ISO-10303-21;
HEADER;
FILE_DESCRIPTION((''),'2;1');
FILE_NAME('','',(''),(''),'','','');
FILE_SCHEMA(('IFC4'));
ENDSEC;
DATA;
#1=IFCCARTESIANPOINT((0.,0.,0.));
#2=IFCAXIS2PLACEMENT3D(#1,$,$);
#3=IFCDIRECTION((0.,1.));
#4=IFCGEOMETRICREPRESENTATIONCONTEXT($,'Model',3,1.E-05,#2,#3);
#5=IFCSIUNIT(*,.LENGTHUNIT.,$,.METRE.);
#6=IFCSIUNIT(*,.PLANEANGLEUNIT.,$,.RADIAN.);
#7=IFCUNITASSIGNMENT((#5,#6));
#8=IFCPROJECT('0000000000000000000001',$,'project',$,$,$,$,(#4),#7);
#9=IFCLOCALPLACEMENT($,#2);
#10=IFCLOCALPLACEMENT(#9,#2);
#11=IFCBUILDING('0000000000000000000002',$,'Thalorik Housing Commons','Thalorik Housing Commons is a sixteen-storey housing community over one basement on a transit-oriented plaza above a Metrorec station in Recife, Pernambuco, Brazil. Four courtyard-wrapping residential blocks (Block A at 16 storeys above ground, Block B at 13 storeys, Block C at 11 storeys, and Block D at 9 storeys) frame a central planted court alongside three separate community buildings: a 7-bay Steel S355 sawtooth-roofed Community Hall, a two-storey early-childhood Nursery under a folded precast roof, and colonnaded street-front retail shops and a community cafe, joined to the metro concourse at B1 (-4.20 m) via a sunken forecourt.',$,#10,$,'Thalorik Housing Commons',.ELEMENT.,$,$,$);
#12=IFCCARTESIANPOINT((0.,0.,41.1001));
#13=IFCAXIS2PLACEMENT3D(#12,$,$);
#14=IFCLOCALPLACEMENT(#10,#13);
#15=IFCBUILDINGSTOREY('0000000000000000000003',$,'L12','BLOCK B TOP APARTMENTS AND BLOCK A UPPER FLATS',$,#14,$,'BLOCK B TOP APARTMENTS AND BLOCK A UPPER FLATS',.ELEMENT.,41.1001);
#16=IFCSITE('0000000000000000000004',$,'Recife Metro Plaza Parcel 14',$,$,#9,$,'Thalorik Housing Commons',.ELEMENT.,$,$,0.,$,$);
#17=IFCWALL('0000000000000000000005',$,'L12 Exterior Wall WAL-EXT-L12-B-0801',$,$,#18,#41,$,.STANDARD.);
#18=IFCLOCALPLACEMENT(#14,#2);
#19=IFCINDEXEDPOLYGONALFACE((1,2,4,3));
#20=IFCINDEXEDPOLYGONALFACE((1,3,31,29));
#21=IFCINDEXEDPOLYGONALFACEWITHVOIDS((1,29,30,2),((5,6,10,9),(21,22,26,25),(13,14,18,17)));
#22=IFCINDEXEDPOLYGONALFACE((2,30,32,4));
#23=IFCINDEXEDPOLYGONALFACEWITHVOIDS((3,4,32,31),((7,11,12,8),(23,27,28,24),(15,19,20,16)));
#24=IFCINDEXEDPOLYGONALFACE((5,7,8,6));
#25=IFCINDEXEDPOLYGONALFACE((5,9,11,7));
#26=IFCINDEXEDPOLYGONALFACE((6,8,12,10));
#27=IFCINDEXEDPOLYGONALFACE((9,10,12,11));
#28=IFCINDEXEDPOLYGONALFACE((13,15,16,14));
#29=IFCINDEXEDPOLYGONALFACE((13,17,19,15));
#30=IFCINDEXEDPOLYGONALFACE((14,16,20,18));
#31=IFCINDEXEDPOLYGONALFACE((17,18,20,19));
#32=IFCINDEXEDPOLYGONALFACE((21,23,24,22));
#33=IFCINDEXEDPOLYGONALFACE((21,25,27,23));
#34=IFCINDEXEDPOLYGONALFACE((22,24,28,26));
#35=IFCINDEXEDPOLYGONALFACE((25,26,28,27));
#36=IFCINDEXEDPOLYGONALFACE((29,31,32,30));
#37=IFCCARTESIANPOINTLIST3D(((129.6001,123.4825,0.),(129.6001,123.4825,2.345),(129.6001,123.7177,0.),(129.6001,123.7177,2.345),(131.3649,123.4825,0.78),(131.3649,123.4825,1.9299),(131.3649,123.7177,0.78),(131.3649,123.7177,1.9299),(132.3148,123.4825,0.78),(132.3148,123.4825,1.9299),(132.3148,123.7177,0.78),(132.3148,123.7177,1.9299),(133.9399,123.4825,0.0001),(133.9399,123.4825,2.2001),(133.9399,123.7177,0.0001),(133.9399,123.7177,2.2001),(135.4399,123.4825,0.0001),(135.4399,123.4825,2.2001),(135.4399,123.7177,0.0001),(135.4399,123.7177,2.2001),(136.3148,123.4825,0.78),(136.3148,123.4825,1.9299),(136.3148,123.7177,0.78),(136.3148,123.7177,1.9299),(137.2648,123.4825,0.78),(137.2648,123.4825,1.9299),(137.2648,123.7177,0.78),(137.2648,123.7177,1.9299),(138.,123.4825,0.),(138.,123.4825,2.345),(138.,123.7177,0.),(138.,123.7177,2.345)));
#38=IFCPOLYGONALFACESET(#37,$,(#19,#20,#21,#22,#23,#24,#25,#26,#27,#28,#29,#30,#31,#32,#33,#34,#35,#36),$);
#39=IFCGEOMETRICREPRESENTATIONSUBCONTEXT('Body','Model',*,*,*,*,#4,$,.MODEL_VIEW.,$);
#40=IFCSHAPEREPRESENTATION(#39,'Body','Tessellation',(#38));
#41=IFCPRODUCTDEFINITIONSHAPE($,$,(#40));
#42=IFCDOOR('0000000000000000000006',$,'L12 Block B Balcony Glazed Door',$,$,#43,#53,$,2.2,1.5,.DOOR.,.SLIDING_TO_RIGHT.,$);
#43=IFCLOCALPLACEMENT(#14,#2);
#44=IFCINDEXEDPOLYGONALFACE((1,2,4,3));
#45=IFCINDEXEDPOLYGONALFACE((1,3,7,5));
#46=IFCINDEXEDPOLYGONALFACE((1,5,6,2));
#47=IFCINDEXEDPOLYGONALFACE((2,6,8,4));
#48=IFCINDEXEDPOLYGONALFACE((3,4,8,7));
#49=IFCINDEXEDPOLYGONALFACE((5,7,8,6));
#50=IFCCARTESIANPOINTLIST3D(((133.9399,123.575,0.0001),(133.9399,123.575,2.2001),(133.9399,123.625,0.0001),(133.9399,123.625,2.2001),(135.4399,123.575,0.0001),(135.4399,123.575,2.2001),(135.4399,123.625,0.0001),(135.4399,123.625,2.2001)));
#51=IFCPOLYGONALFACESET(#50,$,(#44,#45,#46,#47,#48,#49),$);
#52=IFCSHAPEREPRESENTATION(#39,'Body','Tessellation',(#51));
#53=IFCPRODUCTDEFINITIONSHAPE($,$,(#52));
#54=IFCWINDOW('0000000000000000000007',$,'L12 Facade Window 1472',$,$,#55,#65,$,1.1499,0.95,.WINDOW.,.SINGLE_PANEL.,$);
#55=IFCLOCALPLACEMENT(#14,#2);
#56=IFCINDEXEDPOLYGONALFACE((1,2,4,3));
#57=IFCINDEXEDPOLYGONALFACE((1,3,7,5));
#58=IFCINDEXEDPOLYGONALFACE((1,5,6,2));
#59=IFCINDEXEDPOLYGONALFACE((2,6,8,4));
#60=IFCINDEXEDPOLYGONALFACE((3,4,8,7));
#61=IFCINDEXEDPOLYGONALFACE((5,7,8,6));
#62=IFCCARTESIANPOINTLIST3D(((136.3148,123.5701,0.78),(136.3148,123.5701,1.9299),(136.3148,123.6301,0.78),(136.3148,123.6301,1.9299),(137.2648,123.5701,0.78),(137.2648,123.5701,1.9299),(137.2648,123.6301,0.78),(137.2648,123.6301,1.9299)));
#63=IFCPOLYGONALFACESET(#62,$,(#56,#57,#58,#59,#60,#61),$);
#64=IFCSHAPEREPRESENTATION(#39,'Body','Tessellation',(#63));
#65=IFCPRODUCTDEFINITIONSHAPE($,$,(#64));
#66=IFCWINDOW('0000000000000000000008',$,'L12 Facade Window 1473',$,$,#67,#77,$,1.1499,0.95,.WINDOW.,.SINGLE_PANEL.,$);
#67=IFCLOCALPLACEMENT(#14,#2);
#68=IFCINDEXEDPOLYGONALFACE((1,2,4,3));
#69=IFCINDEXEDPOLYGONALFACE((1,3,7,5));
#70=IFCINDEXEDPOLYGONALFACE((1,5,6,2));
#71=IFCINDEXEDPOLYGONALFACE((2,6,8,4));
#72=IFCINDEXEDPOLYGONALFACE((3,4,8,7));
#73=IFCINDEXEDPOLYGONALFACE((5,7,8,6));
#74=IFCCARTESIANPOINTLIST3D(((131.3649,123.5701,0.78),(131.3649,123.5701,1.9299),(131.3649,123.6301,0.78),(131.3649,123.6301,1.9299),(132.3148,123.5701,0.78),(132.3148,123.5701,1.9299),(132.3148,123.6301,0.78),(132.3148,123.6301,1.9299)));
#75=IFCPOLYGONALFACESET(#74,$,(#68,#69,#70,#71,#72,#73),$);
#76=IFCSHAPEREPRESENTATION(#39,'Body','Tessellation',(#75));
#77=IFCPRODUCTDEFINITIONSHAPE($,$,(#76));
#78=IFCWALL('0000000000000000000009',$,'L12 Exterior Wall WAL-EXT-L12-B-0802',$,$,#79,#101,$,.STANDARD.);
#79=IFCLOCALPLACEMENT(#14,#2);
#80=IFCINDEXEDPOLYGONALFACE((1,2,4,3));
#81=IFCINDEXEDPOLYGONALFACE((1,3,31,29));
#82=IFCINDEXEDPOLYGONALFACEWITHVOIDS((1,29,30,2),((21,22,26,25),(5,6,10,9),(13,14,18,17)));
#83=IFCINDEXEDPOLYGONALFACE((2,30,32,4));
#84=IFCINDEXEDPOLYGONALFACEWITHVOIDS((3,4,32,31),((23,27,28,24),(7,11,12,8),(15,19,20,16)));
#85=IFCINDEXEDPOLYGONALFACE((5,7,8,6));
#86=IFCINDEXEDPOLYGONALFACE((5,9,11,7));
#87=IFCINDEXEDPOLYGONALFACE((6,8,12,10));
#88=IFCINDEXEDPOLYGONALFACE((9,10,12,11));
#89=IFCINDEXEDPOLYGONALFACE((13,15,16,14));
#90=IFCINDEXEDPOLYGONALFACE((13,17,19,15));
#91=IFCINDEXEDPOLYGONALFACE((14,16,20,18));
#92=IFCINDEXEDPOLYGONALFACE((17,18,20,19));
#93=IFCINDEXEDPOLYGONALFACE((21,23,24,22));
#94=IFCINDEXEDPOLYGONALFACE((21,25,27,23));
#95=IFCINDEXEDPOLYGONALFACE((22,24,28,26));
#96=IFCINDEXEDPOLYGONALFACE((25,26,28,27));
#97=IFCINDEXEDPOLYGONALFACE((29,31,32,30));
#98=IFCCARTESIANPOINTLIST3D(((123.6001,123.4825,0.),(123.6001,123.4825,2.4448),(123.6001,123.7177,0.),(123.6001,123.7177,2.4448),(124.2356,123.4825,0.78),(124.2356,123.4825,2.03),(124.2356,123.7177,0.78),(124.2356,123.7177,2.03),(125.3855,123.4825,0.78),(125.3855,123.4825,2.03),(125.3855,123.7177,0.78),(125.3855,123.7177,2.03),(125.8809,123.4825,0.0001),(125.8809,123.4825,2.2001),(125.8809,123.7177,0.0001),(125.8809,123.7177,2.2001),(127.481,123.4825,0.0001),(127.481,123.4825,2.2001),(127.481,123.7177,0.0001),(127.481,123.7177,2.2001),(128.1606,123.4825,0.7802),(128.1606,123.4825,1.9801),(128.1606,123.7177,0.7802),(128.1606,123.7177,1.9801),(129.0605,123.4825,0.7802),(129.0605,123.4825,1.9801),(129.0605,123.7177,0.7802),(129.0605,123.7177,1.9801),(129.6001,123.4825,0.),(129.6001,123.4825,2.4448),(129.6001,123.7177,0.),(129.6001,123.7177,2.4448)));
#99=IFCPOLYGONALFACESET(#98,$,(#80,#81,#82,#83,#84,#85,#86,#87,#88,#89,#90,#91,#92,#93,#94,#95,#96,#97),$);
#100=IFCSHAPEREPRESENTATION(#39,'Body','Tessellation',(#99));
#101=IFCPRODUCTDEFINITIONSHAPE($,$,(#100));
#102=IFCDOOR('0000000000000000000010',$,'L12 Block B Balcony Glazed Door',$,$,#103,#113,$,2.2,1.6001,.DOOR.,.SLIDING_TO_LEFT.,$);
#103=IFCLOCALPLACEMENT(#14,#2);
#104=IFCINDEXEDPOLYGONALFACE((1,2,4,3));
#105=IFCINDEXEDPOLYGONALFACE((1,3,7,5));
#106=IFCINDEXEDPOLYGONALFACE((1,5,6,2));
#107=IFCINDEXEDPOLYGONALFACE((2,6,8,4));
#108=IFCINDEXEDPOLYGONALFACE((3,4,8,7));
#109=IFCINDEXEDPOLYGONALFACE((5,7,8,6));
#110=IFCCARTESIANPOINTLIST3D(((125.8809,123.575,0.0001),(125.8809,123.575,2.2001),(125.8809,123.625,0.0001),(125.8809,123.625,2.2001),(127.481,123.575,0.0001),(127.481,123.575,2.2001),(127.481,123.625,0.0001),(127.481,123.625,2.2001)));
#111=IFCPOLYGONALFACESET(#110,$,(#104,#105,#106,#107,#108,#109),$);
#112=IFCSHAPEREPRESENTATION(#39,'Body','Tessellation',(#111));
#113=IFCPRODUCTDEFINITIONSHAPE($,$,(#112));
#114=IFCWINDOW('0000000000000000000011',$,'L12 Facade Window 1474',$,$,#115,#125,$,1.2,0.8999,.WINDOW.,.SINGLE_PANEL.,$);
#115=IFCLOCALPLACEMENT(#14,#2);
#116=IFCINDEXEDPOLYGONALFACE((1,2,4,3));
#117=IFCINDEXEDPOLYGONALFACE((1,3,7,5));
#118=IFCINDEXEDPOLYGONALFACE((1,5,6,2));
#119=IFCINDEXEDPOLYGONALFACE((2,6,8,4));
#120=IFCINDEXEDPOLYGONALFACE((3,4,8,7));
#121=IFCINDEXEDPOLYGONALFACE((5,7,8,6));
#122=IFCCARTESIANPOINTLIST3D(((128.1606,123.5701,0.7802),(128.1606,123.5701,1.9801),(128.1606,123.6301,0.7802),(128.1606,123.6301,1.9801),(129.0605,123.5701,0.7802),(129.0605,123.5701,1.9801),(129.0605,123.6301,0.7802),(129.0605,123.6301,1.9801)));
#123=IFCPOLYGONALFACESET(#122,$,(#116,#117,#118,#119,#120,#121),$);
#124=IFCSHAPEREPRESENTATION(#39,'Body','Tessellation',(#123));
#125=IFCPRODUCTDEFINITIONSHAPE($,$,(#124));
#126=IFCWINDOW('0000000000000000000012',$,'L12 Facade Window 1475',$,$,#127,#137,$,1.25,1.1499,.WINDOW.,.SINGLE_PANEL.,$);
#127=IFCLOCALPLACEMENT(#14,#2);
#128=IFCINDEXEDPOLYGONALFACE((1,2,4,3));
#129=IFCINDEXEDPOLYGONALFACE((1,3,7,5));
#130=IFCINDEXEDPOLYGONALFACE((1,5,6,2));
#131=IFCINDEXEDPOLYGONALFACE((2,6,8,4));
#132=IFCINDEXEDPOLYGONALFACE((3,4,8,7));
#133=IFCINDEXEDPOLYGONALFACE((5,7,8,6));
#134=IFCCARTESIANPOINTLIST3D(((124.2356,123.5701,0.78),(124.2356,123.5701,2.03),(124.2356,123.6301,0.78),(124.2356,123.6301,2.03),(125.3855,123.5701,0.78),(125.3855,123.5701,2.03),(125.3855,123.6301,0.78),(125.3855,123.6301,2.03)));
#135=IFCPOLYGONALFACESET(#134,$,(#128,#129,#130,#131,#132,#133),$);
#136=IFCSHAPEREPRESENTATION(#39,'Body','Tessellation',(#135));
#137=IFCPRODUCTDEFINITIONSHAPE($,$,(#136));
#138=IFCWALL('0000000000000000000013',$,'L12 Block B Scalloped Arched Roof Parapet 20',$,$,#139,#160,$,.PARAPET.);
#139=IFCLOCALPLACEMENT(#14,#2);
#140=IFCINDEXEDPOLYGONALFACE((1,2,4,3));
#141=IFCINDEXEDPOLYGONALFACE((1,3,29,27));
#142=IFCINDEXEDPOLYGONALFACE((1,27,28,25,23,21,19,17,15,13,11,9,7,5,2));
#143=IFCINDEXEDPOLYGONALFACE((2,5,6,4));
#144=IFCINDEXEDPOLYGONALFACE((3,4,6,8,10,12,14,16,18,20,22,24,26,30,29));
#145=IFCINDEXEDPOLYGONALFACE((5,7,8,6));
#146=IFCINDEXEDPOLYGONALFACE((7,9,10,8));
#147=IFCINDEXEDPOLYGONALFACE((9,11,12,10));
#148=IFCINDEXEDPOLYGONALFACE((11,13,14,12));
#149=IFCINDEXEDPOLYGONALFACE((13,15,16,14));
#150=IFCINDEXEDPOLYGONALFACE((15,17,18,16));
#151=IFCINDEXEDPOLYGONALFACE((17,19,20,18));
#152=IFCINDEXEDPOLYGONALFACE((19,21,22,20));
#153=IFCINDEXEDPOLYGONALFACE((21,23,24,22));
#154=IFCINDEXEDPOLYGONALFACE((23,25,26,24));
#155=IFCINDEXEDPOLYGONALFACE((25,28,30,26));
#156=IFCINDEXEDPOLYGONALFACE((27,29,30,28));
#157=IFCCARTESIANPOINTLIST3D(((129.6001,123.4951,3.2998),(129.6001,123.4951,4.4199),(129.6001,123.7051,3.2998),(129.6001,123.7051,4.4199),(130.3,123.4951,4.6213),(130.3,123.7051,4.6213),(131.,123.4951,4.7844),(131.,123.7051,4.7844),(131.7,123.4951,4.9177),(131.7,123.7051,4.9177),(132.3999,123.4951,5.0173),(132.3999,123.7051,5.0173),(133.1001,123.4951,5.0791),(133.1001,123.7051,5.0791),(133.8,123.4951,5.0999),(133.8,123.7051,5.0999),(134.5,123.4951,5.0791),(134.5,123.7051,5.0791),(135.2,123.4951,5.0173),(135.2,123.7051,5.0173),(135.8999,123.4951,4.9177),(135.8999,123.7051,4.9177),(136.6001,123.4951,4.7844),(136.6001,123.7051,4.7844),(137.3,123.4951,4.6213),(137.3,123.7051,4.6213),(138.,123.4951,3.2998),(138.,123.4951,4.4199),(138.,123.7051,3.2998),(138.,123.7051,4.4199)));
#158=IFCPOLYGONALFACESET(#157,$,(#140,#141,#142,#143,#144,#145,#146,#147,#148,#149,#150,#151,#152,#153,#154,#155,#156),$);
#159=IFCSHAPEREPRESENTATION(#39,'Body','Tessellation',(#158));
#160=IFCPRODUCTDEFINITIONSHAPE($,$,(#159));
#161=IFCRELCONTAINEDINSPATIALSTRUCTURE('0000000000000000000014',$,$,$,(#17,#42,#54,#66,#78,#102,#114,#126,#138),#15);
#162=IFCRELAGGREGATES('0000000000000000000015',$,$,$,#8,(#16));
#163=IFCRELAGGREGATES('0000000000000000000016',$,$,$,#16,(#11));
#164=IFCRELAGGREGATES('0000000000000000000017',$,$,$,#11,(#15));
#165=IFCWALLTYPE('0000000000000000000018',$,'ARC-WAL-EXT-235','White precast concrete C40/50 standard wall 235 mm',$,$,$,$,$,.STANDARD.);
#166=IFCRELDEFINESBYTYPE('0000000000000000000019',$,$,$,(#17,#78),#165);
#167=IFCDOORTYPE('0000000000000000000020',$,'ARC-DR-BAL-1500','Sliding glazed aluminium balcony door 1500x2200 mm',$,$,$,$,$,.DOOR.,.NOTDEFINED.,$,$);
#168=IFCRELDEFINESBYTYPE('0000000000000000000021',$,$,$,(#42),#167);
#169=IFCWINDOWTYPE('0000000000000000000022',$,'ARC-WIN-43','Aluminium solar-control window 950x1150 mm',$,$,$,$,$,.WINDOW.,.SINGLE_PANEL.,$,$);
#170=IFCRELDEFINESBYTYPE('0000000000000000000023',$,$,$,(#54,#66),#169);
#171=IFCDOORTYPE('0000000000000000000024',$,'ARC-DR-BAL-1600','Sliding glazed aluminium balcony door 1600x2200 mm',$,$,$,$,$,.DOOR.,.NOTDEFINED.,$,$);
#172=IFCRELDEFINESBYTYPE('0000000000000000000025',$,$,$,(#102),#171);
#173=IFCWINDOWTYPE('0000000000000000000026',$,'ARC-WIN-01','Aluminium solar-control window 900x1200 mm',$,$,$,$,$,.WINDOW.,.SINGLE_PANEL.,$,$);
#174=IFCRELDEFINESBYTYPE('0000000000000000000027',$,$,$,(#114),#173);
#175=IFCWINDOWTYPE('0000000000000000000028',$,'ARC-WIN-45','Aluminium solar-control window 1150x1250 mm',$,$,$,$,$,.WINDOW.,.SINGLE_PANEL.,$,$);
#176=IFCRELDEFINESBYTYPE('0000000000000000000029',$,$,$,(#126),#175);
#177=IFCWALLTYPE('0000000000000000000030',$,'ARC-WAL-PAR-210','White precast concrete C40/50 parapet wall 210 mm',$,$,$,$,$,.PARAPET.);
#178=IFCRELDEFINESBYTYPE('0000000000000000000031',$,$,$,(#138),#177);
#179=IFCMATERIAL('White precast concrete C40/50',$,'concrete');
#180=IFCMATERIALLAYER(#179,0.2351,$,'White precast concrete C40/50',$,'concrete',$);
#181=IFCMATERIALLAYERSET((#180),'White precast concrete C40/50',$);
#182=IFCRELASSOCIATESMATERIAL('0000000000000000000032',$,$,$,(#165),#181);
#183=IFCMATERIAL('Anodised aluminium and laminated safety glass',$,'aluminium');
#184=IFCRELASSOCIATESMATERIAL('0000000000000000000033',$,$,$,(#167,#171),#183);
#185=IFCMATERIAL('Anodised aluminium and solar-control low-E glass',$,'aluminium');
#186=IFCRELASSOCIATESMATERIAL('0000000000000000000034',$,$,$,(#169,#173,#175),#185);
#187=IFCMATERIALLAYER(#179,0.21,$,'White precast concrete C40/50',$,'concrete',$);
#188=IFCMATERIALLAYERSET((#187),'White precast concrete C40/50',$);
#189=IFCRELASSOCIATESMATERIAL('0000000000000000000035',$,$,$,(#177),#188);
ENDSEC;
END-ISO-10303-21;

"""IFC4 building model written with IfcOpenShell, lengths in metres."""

from ifc_helpers import new_model, si_unit, direction, frame, frame_2d, origin, place, context, subcontext, project, spatial, polyline, rectangle, outline, extrude, material, layer, layer_set, type_object, element, fill, save


model = new_model("IFC4")

# Units and contexts
model_context = context("Model", 3, precision=1e-05, world=origin(), true_north=direction((0.0, 1.0)))
body_context = subcontext(model_context, "Body", "Model", "MODEL_VIEW")
ifc_project = project(units=[si_unit("LENGTHUNIT", "METRE"), si_unit("PLANEANGLEUNIT", "RADIAN")], contexts=[model_context])

# Site, building, storey
site_placement = place(None, origin())
site = spatial("IfcSite", under=ifc_project, at=site_placement, Name="Recife Metro Plaza Parcel 14", LongName="Thalorik Housing Commons", CompositionType="ELEMENT", RefElevation=0.0)
building_placement = place(site_placement, origin())
building = spatial("IfcBuilding", under=site, at=building_placement, Name="Thalorik Housing Commons", Description="Thalorik Housing Commons is a sixteen-storey housing community over one basement on a transit-oriented plaza above a Metrorec station in Recife, Pernambuco, Brazil. Four courtyard-wrapping residential blocks (Block A at 16 storeys above ground, Block B at 13 storeys, Block C at 11 storeys, and Block D at 9 storeys) frame a central planted court alongside three separate community buildings: a 7-bay Steel S355 sawtooth-roofed Community Hall, a two-storey early-childhood Nursery under a folded precast roof, and colonnaded street-front retail shops and a community cafe, joined to the metro concourse at B1 (-4.20 m) via a sunken forecourt.", LongName="Thalorik Housing Commons", CompositionType="ELEMENT")
storey_placement = place(building_placement, frame((0.0, 0.0, 41.1001)))
storey = spatial("IfcBuildingStorey", under=building, at=storey_placement, Name="L12", Description="BLOCK B TOP APARTMENTS AND BLOCK A UPPER FLATS", LongName="BLOCK B TOP APARTMENTS AND BLOCK A UPPER FLATS", CompositionType="ELEMENT", Elevation=41.1001)

# Walls, openings, doors, windows
ifc_material_1 = material(Name="White precast concrete C40/50", Category="concrete")
ifc_layer_1 = layer(ifc_material_1, 0.2351, Name="White precast concrete C40/50", Category="concrete")
ifc_layer_set_1 = layer_set([ifc_layer_1], Name="White precast concrete C40/50")
wall_type_1 = type_object("IfcWallType", Name="ARC-WAL-EXT-235", Description="White precast concrete C40/50 standard wall 235 mm", PredefinedType="STANDARD", material=ifc_layer_set_1)
wall_1_placement = place(storey_placement, frame((138.0, 123.6001, 0.0), z_axis=(0.0, 0.0, 1.0), x_axis=(-1.0, 0.0, 0.0)))
wall_1 = element("IfcWall", 1, at=wall_1_placement, inside=storey, type_object=wall_type_1, Name="L12 Exterior Wall WAL-EXT-L12-B-0801", PredefinedType="STANDARD", context=body_context, shape_type="SweptSolid", body=[
    extrude(rectangle(XDim=8.3999, YDim=0.2351, at=frame_2d((4.2, 0.0))), origin(), (0.0, 0.0, 1.0), 2.345),
])
opening_1_placement = place(wall_1_placement, frame((2.5601, 0.0, 0.0)))
opening_1 = element("IfcOpeningElement", 2, at=opening_1_placement, cuts=wall_1, PredefinedType="OPENING", context=body_context, shape_type="SweptSolid", body=[
    extrude(rectangle(XDim=1.5, YDim=2.2, at=frame_2d((0.75, 1.1001))), frame((0.0, 0.1274, 0.0), z_axis=(0.0, -1.0, 0.0), x_axis=(1.0, 0.0, 0.0)), (0.0, 0.0, 1.0), 0.2551),
])
opening_2_placement = place(wall_1_placement, frame((0.7351, 0.0, 0.78)))
opening_2 = element("IfcOpeningElement", 3, at=opening_2_placement, cuts=wall_1, PredefinedType="OPENING", context=body_context, shape_type="SweptSolid", body=[
    extrude(rectangle(XDim=0.95, YDim=1.1499, at=frame_2d((0.4751, 0.575))), frame((0.0, 0.1274, 0.0), z_axis=(0.0, -1.0, 0.0), x_axis=(1.0, 0.0, 0.0)), (0.0, 0.0, 1.0), 0.2551),
])
opening_3_placement = place(wall_1_placement, frame((5.6851, 0.0, 0.78)))
opening_3 = element("IfcOpeningElement", 4, at=opening_3_placement, cuts=wall_1, PredefinedType="OPENING", context=body_context, shape_type="SweptSolid", body=[
    extrude(rectangle(XDim=0.95, YDim=1.1499, at=frame_2d((0.4751, 0.575))), frame((0.0, 0.1274, 0.0), z_axis=(0.0, -1.0, 0.0), x_axis=(1.0, 0.0, 0.0)), (0.0, 0.0, 1.0), 0.2551),
])
ifc_material_2 = material(Name="Anodised aluminium and laminated safety glass", Category="aluminium")
door_type_1 = type_object("IfcDoorType", Name="ARC-DR-BAL-1500", Description="Sliding glazed aluminium balcony door 1500x2200 mm", OperationType="NOTDEFINED", PredefinedType="DOOR", material=ifc_material_2)
door_1_placement = place(opening_1_placement, frame((1.5, 0.0, 0.0), z_axis=(0.0, 0.0, 1.0), x_axis=(-1.0, 0.0, 0.0)))
door_1 = element("IfcDoor", 5, at=door_1_placement, inside=storey, type_object=door_type_1, Name="L12 Block B Balcony Glazed Door", OperationType="SLIDING_TO_RIGHT", OverallHeight=2.2, OverallWidth=1.5, PredefinedType="DOOR", context=body_context, shape_type="SweptSolid", body=[
    extrude(rectangle(XDim=1.5, YDim=2.2, at=frame_2d((0.75, 1.1001))), frame((0.0, 0.0249, 0.0), z_axis=(0.0, -1.0, 0.0), x_axis=(1.0, 0.0, 0.0)), (0.0, 0.0, 1.0), 0.05),
])
fill(opening_1, door_1)
ifc_material_3 = material(Name="Anodised aluminium and solar-control low-E glass", Category="aluminium")
window_type_1 = type_object("IfcWindowType", Name="ARC-WIN-43", Description="Aluminium solar-control window 950x1150 mm", PartitioningType="SINGLE_PANEL", PredefinedType="WINDOW", material=ifc_material_3)
window_1_placement = place(opening_2_placement, origin())
window_1 = element("IfcWindow", 6, at=window_1_placement, inside=storey, type_object=window_type_1, Name="L12 Facade Window 1472", OverallHeight=1.1499, OverallWidth=0.95, PartitioningType="SINGLE_PANEL", PredefinedType="WINDOW", context=body_context, shape_type="SweptSolid", body=[
    extrude(rectangle(XDim=0.95, YDim=1.1499, at=frame_2d((0.4751, 0.575))), frame((0.0, 0.03, 0.0), z_axis=(0.0, -1.0, 0.0), x_axis=(1.0, 0.0, 0.0)), (0.0, 0.0, 1.0), 0.0601),
])
fill(opening_2, window_1)
window_2_placement = place(opening_3_placement, origin())
window_2 = element("IfcWindow", 7, at=window_2_placement, inside=storey, type_object=window_type_1, Name="L12 Facade Window 1473", OverallHeight=1.1499, OverallWidth=0.95, PartitioningType="SINGLE_PANEL", PredefinedType="WINDOW", context=body_context, shape_type="SweptSolid", body=[
    extrude(rectangle(XDim=0.95, YDim=1.1499, at=frame_2d((0.4751, 0.575))), frame((0.0, 0.03, 0.0), z_axis=(0.0, -1.0, 0.0), x_axis=(1.0, 0.0, 0.0)), (0.0, 0.0, 1.0), 0.0601),
])
fill(opening_3, window_2)
wall_2_placement = place(storey_placement, frame((129.6001, 123.6001, 0.0), z_axis=(0.0, 0.0, 1.0), x_axis=(-1.0, 0.0, 0.0)))
wall_2 = element("IfcWall", 8, at=wall_2_placement, inside=storey, type_object=wall_type_1, Name="L12 Exterior Wall WAL-EXT-L12-B-0802", PredefinedType="STANDARD", context=body_context, shape_type="SweptSolid", body=[
    extrude(rectangle(XDim=6.0, YDim=0.2351, at=frame_2d((3.0, 0.0))), origin(), (0.0, 0.0, 1.0), 2.4448),
])
opening_4_placement = place(wall_2_placement, frame((2.1191, 0.0, 0.0)))
opening_4 = element("IfcOpeningElement", 9, at=opening_4_placement, cuts=wall_2, PredefinedType="OPENING", context=body_context, shape_type="SweptSolid", body=[
    extrude(rectangle(XDim=1.6001, YDim=2.2, at=frame_2d((0.8, 1.1001))), frame((0.0, 0.1274, 0.0), z_axis=(0.0, -1.0, 0.0), x_axis=(1.0, 0.0, 0.0)), (0.0, 0.0, 1.0), 0.2551),
])
opening_5_placement = place(wall_2_placement, frame((0.5396, 0.0, 0.78)))
opening_5 = element("IfcOpeningElement", 10, at=opening_5_placement, cuts=wall_2, PredefinedType="OPENING", context=body_context, shape_type="SweptSolid", body=[
    extrude(rectangle(XDim=0.8999, YDim=1.2, at=frame_2d((0.45, 0.6001))), frame((0.0, 0.1274, 0.0), z_axis=(0.0, -1.0, 0.0), x_axis=(1.0, 0.0, 0.0)), (0.0, 0.0, 1.0), 0.2551),
])
opening_6_placement = place(wall_2_placement, frame((4.2146, 0.0, 0.78)))
opening_6 = element("IfcOpeningElement", 11, at=opening_6_placement, cuts=wall_2, PredefinedType="OPENING", context=body_context, shape_type="SweptSolid", body=[
    extrude(rectangle(XDim=1.1499, YDim=1.25, at=frame_2d((0.575, 0.625))), frame((0.0, 0.1274, 0.0), z_axis=(0.0, -1.0, 0.0), x_axis=(1.0, 0.0, 0.0)), (0.0, 0.0, 1.0), 0.2551),
])
door_type_2 = type_object("IfcDoorType", Name="ARC-DR-BAL-1600", Description="Sliding glazed aluminium balcony door 1600x2200 mm", OperationType="NOTDEFINED", PredefinedType="DOOR", material=ifc_material_2)
door_2_placement = place(opening_4_placement, frame((1.6001, 0.0, 0.0), z_axis=(0.0, 0.0, 1.0), x_axis=(-1.0, 0.0, 0.0)))
door_2 = element("IfcDoor", 12, at=door_2_placement, inside=storey, type_object=door_type_2, Name="L12 Block B Balcony Glazed Door", OperationType="SLIDING_TO_LEFT", OverallHeight=2.2, OverallWidth=1.6001, PredefinedType="DOOR", context=body_context, shape_type="SweptSolid", body=[
    extrude(rectangle(XDim=1.6001, YDim=2.2, at=frame_2d((0.8, 1.1001))), frame((0.0, 0.0249, 0.0), z_axis=(0.0, -1.0, 0.0), x_axis=(1.0, 0.0, 0.0)), (0.0, 0.0, 1.0), 0.05),
])
fill(opening_4, door_2)
window_type_2 = type_object("IfcWindowType", Name="ARC-WIN-01", Description="Aluminium solar-control window 900x1200 mm", PartitioningType="SINGLE_PANEL", PredefinedType="WINDOW", material=ifc_material_3)
window_3_placement = place(opening_5_placement, origin())
window_3 = element("IfcWindow", 13, at=window_3_placement, inside=storey, type_object=window_type_2, Name="L12 Facade Window 1474", OverallHeight=1.2, OverallWidth=0.8999, PartitioningType="SINGLE_PANEL", PredefinedType="WINDOW", context=body_context, shape_type="SweptSolid", body=[
    extrude(rectangle(XDim=0.8999, YDim=1.2, at=frame_2d((0.45, 0.6001))), frame((0.0, 0.03, 0.0), z_axis=(0.0, -1.0, 0.0), x_axis=(1.0, 0.0, 0.0)), (0.0, 0.0, 1.0), 0.0601),
])
fill(opening_5, window_3)
window_type_3 = type_object("IfcWindowType", Name="ARC-WIN-45", Description="Aluminium solar-control window 1150x1250 mm", PartitioningType="SINGLE_PANEL", PredefinedType="WINDOW", material=ifc_material_3)
window_4_placement = place(opening_6_placement, origin())
window_4 = element("IfcWindow", 14, at=window_4_placement, inside=storey, type_object=window_type_3, Name="L12 Facade Window 1475", OverallHeight=1.25, OverallWidth=1.1499, PartitioningType="SINGLE_PANEL", PredefinedType="WINDOW", context=body_context, shape_type="SweptSolid", body=[
    extrude(rectangle(XDim=1.1499, YDim=1.25, at=frame_2d((0.575, 0.625))), frame((0.0, 0.03, 0.0), z_axis=(0.0, -1.0, 0.0), x_axis=(1.0, 0.0, 0.0)), (0.0, 0.0, 1.0), 0.0601),
])
fill(opening_6, window_4)

# Wall
ifc_layer_2 = layer(ifc_material_1, 0.21, Name="White precast concrete C40/50", Category="concrete")
ifc_layer_set_2 = layer_set([ifc_layer_2], Name="White precast concrete C40/50")
wall_type_2 = type_object("IfcWallType", Name="ARC-WAL-PAR-210", Description="White precast concrete C40/50 parapet wall 210 mm", PredefinedType="PARAPET", material=ifc_layer_set_2)
wall_3_placement = place(storey_placement, frame((138.0, 123.6001, 3.2998), z_axis=(0.0, 0.0, 1.0), x_axis=(-1.0, 0.0, 0.0)))
element("IfcWall", 15, at=wall_3_placement, inside=storey, type_object=wall_type_2, Name="L12 Block B Scalloped Arched Roof Parapet 20", PredefinedType="PARAPET", context=body_context, shape_type="SweptSolid", body=[
    extrude(outline(polyline([(0.0, 0.0), (8.3999, 0.0), (8.3999, 1.1201), (7.7, 1.3215), (7.0, 1.4846), (6.3, 1.6179), (5.6001, 1.7175), (4.8999, 1.7793), (4.2, 1.8), (3.5, 1.7793), (2.8, 1.7175), (2.1001, 1.6179), (1.3999, 1.4846), (0.7, 1.3215), (0.0, 1.1201), (0.0, 0.0)])), frame((0.0, 0.105, 0.0), z_axis=(0.0, -1.0, 0.0), x_axis=(1.0, 0.0, 0.0)), (0.0, 0.0, 1.0), 0.21),
])

save(model, "model.ifc")
